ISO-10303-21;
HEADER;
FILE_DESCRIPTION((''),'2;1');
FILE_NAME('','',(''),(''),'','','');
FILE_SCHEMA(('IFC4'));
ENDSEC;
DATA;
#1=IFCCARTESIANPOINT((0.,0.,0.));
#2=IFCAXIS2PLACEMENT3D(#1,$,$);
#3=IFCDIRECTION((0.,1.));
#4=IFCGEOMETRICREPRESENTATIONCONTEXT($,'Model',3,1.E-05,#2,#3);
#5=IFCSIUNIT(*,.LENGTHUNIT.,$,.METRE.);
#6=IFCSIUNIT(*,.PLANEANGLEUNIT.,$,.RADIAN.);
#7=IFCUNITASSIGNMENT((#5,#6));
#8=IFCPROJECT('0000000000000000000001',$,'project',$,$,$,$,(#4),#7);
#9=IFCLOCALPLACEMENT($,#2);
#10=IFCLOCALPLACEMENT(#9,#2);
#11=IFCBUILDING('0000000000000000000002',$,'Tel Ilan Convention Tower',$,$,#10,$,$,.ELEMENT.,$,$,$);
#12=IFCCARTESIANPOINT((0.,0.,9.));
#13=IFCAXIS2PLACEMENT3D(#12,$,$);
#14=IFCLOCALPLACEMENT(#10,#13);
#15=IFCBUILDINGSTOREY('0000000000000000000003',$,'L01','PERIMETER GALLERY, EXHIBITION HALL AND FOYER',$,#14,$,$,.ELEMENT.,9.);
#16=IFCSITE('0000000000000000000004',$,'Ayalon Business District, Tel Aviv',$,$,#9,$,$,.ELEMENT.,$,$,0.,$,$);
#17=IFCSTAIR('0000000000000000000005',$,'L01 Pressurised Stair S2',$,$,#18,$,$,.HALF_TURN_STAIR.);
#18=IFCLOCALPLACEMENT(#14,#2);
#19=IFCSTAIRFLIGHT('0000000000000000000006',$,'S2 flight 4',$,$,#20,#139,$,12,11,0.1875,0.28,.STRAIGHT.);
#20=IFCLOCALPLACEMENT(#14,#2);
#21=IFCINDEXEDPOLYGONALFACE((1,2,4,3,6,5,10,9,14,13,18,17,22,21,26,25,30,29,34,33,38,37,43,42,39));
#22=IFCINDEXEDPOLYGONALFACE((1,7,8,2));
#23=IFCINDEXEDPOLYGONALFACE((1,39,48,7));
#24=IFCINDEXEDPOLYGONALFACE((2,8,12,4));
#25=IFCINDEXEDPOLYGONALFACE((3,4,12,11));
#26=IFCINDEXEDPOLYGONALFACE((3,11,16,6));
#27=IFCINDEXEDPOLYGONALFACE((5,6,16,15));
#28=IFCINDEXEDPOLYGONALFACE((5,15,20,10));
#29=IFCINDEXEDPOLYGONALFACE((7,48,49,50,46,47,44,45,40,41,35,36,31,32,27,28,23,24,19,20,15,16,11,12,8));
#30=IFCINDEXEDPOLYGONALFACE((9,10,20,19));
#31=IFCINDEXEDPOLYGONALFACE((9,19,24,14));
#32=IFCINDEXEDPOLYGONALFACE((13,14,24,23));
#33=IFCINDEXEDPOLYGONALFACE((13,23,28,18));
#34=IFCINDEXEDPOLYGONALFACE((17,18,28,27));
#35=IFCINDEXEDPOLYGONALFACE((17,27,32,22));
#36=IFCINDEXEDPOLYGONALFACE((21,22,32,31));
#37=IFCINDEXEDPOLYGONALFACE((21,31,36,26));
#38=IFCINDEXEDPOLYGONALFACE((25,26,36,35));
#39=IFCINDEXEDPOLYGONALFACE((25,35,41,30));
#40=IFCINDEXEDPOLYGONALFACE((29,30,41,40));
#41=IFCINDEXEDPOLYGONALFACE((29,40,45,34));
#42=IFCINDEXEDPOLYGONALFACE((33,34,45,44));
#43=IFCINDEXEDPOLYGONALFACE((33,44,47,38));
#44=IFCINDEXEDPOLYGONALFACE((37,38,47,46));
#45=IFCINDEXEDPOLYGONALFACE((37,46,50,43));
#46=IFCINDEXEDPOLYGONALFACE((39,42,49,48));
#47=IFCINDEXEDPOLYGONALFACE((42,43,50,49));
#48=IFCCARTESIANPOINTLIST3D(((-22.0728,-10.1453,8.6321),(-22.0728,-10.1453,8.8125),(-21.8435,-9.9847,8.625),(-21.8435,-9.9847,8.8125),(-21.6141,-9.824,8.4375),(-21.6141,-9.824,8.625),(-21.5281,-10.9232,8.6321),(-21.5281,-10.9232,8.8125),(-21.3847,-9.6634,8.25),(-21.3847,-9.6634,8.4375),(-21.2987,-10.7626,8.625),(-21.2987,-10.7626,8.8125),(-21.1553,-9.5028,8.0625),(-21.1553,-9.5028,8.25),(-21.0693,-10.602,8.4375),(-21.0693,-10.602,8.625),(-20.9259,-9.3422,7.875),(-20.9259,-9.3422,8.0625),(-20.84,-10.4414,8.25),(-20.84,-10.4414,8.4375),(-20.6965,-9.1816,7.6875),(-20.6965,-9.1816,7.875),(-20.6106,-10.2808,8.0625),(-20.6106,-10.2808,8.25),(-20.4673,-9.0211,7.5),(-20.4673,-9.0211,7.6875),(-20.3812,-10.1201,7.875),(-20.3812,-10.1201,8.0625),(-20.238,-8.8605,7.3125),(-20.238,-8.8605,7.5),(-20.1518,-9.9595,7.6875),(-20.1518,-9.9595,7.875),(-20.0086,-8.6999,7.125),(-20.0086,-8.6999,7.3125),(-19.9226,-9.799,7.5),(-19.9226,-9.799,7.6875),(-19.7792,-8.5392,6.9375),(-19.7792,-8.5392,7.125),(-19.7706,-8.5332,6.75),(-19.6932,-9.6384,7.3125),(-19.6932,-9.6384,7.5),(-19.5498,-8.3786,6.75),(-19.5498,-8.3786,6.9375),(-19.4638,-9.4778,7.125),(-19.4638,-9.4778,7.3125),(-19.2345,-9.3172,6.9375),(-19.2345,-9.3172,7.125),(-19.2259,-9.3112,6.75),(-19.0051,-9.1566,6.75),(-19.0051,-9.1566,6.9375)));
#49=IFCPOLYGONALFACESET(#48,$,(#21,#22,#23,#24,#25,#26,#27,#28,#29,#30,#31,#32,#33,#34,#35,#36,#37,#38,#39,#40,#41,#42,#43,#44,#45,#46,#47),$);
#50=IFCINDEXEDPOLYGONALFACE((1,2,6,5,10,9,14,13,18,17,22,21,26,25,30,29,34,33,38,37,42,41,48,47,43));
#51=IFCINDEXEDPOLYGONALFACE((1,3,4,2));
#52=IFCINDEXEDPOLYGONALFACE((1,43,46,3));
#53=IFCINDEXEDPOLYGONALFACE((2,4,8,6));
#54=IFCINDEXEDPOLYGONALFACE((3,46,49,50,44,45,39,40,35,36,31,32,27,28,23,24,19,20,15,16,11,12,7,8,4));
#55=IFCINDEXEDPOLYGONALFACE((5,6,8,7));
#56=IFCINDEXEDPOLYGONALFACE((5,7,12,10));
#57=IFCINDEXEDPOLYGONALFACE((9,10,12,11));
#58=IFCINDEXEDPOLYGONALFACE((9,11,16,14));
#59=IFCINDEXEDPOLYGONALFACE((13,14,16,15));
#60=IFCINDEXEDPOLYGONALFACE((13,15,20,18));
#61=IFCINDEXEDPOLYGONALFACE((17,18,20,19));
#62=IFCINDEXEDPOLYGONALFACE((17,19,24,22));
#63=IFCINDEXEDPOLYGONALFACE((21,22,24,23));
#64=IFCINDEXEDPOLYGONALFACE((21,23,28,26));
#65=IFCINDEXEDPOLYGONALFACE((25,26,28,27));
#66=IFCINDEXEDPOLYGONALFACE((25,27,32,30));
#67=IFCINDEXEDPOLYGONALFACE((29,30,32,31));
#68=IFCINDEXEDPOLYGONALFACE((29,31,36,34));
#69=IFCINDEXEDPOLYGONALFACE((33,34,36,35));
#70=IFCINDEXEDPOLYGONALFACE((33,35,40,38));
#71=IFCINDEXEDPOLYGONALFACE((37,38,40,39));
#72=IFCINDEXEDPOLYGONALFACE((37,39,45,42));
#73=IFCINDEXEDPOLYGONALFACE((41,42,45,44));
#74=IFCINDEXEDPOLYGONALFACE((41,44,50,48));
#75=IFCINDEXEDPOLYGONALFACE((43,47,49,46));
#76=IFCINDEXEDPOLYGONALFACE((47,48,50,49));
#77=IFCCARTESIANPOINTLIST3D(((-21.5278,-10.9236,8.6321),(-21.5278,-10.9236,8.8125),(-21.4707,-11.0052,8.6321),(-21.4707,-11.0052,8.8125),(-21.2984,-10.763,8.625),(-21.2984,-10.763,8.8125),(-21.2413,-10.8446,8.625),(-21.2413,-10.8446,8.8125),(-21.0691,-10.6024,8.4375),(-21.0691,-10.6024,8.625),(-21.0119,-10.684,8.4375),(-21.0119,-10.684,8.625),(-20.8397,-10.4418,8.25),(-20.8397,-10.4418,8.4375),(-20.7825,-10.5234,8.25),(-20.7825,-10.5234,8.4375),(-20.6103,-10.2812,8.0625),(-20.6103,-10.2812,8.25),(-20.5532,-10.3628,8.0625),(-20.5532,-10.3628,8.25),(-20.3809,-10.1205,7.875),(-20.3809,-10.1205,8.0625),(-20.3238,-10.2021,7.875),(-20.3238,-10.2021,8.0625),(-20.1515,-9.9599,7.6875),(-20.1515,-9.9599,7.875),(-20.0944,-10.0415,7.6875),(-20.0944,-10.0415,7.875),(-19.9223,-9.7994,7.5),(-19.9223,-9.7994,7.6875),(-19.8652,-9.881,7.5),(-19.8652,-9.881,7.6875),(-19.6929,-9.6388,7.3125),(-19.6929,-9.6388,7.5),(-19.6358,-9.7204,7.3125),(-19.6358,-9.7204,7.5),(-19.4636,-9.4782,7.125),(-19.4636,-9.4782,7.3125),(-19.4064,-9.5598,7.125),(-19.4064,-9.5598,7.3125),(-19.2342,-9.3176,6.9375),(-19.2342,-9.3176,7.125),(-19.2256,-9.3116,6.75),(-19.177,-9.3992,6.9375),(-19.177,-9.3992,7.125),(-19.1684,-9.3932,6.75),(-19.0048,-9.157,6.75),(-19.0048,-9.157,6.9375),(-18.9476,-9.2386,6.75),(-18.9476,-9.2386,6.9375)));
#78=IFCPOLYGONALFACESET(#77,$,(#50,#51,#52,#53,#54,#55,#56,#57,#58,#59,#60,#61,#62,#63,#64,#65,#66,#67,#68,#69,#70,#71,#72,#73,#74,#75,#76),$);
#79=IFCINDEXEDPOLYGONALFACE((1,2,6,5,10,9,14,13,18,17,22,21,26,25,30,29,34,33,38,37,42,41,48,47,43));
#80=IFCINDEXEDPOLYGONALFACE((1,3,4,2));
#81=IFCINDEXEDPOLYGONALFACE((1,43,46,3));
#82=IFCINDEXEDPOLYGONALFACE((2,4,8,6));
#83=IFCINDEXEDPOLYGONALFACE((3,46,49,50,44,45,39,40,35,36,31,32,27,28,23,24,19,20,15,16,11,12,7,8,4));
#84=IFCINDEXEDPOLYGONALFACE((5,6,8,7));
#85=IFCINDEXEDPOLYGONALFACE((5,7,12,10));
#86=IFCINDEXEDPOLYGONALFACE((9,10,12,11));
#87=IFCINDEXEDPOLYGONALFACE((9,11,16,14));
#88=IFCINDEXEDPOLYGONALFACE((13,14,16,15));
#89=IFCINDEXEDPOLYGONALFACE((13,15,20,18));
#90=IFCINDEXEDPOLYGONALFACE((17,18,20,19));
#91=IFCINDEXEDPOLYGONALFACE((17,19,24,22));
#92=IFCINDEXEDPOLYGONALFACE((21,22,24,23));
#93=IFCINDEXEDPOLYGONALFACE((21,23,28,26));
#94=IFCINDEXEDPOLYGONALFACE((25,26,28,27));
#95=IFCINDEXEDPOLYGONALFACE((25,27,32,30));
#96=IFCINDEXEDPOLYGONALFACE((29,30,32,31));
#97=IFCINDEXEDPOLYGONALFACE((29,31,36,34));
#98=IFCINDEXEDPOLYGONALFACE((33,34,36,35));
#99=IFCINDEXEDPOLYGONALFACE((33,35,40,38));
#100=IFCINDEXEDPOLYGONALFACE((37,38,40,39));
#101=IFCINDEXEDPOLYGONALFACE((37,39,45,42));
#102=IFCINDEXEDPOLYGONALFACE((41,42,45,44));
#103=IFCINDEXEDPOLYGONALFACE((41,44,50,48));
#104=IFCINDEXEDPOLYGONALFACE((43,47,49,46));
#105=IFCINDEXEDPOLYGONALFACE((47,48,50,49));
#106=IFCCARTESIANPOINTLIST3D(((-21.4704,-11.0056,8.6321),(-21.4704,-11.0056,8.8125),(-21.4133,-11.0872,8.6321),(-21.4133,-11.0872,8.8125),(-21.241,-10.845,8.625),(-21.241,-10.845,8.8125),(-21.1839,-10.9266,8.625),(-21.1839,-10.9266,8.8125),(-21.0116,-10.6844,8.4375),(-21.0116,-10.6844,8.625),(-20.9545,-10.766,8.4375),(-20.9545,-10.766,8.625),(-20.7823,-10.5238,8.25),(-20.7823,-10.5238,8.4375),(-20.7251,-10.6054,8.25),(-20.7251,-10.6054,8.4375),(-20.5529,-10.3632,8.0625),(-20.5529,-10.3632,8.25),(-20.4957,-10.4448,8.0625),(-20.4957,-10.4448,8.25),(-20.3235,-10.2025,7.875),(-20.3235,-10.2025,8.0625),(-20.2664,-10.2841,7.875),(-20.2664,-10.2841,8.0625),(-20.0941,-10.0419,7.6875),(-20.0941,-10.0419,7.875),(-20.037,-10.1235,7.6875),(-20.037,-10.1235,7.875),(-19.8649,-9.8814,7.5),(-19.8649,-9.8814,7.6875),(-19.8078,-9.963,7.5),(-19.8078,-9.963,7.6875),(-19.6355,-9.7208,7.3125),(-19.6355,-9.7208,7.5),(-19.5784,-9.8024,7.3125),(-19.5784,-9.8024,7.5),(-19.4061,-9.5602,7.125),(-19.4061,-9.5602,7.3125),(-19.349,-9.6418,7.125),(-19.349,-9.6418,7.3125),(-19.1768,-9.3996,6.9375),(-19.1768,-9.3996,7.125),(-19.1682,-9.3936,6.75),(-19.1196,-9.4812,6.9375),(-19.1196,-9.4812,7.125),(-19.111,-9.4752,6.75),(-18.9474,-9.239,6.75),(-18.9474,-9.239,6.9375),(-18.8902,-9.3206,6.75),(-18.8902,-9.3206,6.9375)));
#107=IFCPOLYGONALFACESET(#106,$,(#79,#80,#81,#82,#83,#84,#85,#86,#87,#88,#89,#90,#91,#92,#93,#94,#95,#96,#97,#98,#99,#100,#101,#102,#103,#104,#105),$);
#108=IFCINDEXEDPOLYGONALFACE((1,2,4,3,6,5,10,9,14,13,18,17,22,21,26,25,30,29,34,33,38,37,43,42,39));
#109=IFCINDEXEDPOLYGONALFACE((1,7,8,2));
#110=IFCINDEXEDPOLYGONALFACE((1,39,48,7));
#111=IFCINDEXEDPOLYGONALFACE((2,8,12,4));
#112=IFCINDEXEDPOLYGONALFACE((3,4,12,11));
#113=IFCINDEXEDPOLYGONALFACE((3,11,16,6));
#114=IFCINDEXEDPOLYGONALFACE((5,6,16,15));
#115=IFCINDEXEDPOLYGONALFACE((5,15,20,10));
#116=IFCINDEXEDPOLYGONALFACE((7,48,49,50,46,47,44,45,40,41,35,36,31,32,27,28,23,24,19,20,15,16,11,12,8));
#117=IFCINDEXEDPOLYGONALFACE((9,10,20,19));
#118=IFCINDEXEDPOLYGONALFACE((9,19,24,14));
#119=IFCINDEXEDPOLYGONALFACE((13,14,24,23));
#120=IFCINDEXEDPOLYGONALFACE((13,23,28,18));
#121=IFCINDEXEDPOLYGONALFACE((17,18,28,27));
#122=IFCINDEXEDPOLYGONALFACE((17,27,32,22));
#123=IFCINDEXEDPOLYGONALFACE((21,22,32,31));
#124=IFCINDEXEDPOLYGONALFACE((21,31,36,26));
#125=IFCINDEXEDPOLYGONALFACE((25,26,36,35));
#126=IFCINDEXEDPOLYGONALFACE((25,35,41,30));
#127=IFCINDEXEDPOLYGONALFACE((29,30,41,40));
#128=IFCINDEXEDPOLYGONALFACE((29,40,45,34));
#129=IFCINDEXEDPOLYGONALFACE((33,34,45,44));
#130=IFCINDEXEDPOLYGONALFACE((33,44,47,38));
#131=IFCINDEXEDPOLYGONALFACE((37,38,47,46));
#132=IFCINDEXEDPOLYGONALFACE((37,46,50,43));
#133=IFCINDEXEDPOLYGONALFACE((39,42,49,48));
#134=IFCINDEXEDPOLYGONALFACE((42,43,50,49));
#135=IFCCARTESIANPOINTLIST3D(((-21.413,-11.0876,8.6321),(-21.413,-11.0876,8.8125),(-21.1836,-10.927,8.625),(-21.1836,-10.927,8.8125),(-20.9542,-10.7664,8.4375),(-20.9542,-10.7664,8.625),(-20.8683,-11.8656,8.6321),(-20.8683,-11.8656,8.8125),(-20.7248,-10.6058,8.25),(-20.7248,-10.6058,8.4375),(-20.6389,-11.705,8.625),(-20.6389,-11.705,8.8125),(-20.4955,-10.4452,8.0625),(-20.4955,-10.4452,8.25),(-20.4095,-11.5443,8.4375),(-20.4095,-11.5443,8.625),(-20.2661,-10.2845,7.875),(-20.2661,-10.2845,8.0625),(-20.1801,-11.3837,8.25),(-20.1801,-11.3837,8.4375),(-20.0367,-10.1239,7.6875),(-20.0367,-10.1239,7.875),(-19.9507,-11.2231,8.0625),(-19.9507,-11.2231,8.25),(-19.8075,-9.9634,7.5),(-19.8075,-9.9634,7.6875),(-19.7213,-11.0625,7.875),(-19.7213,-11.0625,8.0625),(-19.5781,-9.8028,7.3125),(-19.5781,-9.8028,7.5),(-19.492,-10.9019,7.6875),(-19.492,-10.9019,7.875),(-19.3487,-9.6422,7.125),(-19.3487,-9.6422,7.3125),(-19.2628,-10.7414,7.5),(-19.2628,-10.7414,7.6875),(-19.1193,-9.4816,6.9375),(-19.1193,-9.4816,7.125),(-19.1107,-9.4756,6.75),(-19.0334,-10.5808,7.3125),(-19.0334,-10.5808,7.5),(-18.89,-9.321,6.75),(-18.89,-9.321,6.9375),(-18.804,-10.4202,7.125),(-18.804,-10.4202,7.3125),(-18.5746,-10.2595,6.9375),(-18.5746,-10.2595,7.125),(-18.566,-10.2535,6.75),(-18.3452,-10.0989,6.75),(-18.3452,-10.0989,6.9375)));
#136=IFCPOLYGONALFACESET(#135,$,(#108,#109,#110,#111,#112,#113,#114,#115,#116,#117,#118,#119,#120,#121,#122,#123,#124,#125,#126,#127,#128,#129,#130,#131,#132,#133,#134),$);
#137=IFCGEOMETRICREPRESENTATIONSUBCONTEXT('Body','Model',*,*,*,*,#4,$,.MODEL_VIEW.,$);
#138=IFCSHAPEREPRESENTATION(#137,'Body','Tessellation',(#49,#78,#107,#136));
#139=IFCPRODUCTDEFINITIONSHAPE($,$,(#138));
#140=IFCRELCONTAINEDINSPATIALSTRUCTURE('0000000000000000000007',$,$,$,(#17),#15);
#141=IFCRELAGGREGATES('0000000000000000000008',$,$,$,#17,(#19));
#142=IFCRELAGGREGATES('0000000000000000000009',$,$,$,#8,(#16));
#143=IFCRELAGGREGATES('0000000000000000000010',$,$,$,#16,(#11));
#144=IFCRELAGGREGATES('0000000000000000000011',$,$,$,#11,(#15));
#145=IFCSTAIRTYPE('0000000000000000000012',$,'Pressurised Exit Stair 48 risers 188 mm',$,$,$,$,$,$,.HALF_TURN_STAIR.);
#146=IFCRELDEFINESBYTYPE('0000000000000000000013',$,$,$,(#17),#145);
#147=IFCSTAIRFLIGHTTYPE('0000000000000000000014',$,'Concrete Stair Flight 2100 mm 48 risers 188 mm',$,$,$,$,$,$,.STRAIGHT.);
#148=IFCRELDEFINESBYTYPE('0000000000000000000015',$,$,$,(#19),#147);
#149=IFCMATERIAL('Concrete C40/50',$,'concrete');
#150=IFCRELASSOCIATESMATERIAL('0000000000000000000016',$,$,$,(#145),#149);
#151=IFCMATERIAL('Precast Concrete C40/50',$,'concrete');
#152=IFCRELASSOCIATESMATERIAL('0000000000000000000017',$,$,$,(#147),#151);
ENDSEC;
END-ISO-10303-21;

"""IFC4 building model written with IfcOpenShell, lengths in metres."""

from ifc_helpers import new_model, si_unit, direction, frame, origin, place, context, subcontext, project, spatial, polyline, outline, extrude, material, type_object, element, aggregate, save


model = new_model("IFC4")

# Units and contexts
model_context = context("Model", 3, precision=1e-05, world=origin(), true_north=direction((0.0, 1.0)))
body_context = subcontext(model_context, "Body", "Model", "MODEL_VIEW")
ifc_project = project(units=[si_unit("LENGTHUNIT", "METRE"), si_unit("PLANEANGLEUNIT", "RADIAN")], contexts=[model_context])

# Site, building, storey
site_placement = place(None, origin())
site = spatial("IfcSite", under=ifc_project, at=site_placement, Name="Ayalon Business District, Tel Aviv", CompositionType="ELEMENT", RefElevation=0.0)
building_placement = place(site_placement, origin())
building = spatial("IfcBuilding", under=site, at=building_placement, Name="Tel Ilan Convention Tower", CompositionType="ELEMENT")
storey_placement = place(building_placement, frame((0.0, 0.0, 9.0)))
storey = spatial("IfcBuildingStorey", under=building, at=storey_placement, Name="L01", Description="PERIMETER GALLERY, EXHIBITION HALL AND FOYER", CompositionType="ELEMENT", Elevation=9.0)

# Stair, stair flight
ifc_material_1 = material(Name="Concrete C40/50", Category="concrete")
stair_type = type_object("IfcStairType", Name="Pressurised Exit Stair 48 risers 188 mm", PredefinedType="HALF_TURN_STAIR", material=ifc_material_1)
stair_placement = place(storey_placement, origin())
stair = element("IfcStair", 1, at=stair_placement, inside=storey, type_object=stair_type, Name="L01 Pressurised Stair S2", PredefinedType="HALF_TURN_STAIR")
ifc_material_2 = material(Name="Precast Concrete C40/50", Category="concrete")
stair_flight_type = type_object("IfcStairFlightType", Name="Concrete Stair Flight 2100 mm 48 risers 188 mm", PredefinedType="STRAIGHT", material=ifc_material_2)
stair_flight_1_placement = place(storey_placement, frame((-18.9475, -9.2388, 6.75), z_axis=(0.0, 0.0, 1.0), x_axis=(-0.819152, -0.573576, 0.0)))
stair_flight_1 = element("IfcStairFlight", 2, at=stair_flight_1_placement, type_object=stair_flight_type, Name="S2 flight 4", NumberOfRisers=12, NumberOfTreads=11, PredefinedType="STRAIGHT", RiserHeight=0.1875, TreadLength=0.28, context=body_context, shape_type="SweptSolid", body=[
    extrude(outline(polyline([(0.0, 0.0), (0.0, 0.1875), (0.28, 0.1875), (0.28, 0.375), (0.5601, 0.375), (0.5601, 0.5625), (0.8401, 0.5625), (0.8401, 0.75), (1.1201, 0.75), (1.1201, 0.9375), (1.3999, 0.9375), (1.3999, 1.125), (1.6799, 1.125), (1.6799, 1.3125), (1.96, 1.3125), (1.96, 1.5), (2.24, 1.5), (2.24, 1.6875), (2.52, 1.6875), (2.52, 1.875), (2.8, 1.875), (2.8, 2.0625), (3.0801, 2.0625), (3.0801, 2.25), (3.0801, 1.8821), (0.2695, 0.0), (0.0, 0.0)])), frame((0.0, -0.1003, 0.0), z_axis=(0.0, -1.0, 0.0), x_axis=(1.0, 0.0, 0.0)), (0.0, 0.0, 1.0), 0.9497),
    extrude(outline(polyline([(0.0, 0.0), (0.0, 0.1875), (0.28, 0.1875), (0.28, 0.375), (0.5601, 0.375), (0.5601, 0.5625), (0.8401, 0.5625), (0.8401, 0.75), (1.1201, 0.75), (1.1201, 0.9375), (1.3999, 0.9375), (1.3999, 1.125), (1.6799, 1.125), (1.6799, 1.3125), (1.96, 1.3125), (1.96, 1.5), (2.24, 1.5), (2.24, 1.6875), (2.52, 1.6875), (2.52, 1.875), (2.8, 1.875), (2.8, 2.0625), (3.0801, 2.0625), (3.0801, 2.25), (3.0801, 1.8821), (0.2695, 0.0), (0.0, 0.0)])), frame((0.0, -0.0002, 0.0), z_axis=(0.0, -1.0, 0.0), x_axis=(1.0, 0.0, 0.0)), (0.0, 0.0, 1.0), 0.0996),
    extrude(outline(polyline([(0.0, 0.0), (0.0, 0.1875), (0.28, 0.1875), (0.28, 0.375), (0.5601, 0.375), (0.5601, 0.5625), (0.8401, 0.5625), (0.8401, 0.75), (1.1201, 0.75), (1.1201, 0.9375), (1.3999, 0.9375), (1.3999, 1.125), (1.6799, 1.125), (1.6799, 1.3125), (1.96, 1.3125), (1.96, 1.5), (2.24, 1.5), (2.24, 1.6875), (2.52, 1.6875), (2.52, 1.875), (2.8, 1.875), (2.8, 2.0625), (3.0801, 2.0625), (3.0801, 2.25), (3.0801, 1.8821), (0.2695, 0.0), (0.0, 0.0)])), frame((0.0, 0.0999, 0.0), z_axis=(0.0, -1.0, 0.0), x_axis=(1.0, 0.0, 0.0)), (0.0, 0.0, 1.0), 0.0996),
    extrude(outline(polyline([(0.0, 0.0), (0.0, 0.1875), (0.28, 0.1875), (0.28, 0.375), (0.5601, 0.375), (0.5601, 0.5625), (0.8401, 0.5625), (0.8401, 0.75), (1.1201, 0.75), (1.1201, 0.9375), (1.3999, 0.9375), (1.3999, 1.125), (1.6799, 1.125), (1.6799, 1.3125), (1.96, 1.3125), (1.96, 1.5), (2.24, 1.5), (2.24, 1.6875), (2.52, 1.6875), (2.52, 1.875), (2.8, 1.875), (2.8, 2.0625), (3.0801, 2.0625), (3.0801, 2.25), (3.0801, 1.8821), (0.2695, 0.0), (0.0, 0.0)])), frame((0.0, 1.05, 0.0), z_axis=(0.0, -1.0, 0.0), x_axis=(1.0, 0.0, 0.0)), (0.0, 0.0, 1.0), 0.9497),
])
aggregate(stair, [stair_flight_1])

save(model, "model.ifc")
